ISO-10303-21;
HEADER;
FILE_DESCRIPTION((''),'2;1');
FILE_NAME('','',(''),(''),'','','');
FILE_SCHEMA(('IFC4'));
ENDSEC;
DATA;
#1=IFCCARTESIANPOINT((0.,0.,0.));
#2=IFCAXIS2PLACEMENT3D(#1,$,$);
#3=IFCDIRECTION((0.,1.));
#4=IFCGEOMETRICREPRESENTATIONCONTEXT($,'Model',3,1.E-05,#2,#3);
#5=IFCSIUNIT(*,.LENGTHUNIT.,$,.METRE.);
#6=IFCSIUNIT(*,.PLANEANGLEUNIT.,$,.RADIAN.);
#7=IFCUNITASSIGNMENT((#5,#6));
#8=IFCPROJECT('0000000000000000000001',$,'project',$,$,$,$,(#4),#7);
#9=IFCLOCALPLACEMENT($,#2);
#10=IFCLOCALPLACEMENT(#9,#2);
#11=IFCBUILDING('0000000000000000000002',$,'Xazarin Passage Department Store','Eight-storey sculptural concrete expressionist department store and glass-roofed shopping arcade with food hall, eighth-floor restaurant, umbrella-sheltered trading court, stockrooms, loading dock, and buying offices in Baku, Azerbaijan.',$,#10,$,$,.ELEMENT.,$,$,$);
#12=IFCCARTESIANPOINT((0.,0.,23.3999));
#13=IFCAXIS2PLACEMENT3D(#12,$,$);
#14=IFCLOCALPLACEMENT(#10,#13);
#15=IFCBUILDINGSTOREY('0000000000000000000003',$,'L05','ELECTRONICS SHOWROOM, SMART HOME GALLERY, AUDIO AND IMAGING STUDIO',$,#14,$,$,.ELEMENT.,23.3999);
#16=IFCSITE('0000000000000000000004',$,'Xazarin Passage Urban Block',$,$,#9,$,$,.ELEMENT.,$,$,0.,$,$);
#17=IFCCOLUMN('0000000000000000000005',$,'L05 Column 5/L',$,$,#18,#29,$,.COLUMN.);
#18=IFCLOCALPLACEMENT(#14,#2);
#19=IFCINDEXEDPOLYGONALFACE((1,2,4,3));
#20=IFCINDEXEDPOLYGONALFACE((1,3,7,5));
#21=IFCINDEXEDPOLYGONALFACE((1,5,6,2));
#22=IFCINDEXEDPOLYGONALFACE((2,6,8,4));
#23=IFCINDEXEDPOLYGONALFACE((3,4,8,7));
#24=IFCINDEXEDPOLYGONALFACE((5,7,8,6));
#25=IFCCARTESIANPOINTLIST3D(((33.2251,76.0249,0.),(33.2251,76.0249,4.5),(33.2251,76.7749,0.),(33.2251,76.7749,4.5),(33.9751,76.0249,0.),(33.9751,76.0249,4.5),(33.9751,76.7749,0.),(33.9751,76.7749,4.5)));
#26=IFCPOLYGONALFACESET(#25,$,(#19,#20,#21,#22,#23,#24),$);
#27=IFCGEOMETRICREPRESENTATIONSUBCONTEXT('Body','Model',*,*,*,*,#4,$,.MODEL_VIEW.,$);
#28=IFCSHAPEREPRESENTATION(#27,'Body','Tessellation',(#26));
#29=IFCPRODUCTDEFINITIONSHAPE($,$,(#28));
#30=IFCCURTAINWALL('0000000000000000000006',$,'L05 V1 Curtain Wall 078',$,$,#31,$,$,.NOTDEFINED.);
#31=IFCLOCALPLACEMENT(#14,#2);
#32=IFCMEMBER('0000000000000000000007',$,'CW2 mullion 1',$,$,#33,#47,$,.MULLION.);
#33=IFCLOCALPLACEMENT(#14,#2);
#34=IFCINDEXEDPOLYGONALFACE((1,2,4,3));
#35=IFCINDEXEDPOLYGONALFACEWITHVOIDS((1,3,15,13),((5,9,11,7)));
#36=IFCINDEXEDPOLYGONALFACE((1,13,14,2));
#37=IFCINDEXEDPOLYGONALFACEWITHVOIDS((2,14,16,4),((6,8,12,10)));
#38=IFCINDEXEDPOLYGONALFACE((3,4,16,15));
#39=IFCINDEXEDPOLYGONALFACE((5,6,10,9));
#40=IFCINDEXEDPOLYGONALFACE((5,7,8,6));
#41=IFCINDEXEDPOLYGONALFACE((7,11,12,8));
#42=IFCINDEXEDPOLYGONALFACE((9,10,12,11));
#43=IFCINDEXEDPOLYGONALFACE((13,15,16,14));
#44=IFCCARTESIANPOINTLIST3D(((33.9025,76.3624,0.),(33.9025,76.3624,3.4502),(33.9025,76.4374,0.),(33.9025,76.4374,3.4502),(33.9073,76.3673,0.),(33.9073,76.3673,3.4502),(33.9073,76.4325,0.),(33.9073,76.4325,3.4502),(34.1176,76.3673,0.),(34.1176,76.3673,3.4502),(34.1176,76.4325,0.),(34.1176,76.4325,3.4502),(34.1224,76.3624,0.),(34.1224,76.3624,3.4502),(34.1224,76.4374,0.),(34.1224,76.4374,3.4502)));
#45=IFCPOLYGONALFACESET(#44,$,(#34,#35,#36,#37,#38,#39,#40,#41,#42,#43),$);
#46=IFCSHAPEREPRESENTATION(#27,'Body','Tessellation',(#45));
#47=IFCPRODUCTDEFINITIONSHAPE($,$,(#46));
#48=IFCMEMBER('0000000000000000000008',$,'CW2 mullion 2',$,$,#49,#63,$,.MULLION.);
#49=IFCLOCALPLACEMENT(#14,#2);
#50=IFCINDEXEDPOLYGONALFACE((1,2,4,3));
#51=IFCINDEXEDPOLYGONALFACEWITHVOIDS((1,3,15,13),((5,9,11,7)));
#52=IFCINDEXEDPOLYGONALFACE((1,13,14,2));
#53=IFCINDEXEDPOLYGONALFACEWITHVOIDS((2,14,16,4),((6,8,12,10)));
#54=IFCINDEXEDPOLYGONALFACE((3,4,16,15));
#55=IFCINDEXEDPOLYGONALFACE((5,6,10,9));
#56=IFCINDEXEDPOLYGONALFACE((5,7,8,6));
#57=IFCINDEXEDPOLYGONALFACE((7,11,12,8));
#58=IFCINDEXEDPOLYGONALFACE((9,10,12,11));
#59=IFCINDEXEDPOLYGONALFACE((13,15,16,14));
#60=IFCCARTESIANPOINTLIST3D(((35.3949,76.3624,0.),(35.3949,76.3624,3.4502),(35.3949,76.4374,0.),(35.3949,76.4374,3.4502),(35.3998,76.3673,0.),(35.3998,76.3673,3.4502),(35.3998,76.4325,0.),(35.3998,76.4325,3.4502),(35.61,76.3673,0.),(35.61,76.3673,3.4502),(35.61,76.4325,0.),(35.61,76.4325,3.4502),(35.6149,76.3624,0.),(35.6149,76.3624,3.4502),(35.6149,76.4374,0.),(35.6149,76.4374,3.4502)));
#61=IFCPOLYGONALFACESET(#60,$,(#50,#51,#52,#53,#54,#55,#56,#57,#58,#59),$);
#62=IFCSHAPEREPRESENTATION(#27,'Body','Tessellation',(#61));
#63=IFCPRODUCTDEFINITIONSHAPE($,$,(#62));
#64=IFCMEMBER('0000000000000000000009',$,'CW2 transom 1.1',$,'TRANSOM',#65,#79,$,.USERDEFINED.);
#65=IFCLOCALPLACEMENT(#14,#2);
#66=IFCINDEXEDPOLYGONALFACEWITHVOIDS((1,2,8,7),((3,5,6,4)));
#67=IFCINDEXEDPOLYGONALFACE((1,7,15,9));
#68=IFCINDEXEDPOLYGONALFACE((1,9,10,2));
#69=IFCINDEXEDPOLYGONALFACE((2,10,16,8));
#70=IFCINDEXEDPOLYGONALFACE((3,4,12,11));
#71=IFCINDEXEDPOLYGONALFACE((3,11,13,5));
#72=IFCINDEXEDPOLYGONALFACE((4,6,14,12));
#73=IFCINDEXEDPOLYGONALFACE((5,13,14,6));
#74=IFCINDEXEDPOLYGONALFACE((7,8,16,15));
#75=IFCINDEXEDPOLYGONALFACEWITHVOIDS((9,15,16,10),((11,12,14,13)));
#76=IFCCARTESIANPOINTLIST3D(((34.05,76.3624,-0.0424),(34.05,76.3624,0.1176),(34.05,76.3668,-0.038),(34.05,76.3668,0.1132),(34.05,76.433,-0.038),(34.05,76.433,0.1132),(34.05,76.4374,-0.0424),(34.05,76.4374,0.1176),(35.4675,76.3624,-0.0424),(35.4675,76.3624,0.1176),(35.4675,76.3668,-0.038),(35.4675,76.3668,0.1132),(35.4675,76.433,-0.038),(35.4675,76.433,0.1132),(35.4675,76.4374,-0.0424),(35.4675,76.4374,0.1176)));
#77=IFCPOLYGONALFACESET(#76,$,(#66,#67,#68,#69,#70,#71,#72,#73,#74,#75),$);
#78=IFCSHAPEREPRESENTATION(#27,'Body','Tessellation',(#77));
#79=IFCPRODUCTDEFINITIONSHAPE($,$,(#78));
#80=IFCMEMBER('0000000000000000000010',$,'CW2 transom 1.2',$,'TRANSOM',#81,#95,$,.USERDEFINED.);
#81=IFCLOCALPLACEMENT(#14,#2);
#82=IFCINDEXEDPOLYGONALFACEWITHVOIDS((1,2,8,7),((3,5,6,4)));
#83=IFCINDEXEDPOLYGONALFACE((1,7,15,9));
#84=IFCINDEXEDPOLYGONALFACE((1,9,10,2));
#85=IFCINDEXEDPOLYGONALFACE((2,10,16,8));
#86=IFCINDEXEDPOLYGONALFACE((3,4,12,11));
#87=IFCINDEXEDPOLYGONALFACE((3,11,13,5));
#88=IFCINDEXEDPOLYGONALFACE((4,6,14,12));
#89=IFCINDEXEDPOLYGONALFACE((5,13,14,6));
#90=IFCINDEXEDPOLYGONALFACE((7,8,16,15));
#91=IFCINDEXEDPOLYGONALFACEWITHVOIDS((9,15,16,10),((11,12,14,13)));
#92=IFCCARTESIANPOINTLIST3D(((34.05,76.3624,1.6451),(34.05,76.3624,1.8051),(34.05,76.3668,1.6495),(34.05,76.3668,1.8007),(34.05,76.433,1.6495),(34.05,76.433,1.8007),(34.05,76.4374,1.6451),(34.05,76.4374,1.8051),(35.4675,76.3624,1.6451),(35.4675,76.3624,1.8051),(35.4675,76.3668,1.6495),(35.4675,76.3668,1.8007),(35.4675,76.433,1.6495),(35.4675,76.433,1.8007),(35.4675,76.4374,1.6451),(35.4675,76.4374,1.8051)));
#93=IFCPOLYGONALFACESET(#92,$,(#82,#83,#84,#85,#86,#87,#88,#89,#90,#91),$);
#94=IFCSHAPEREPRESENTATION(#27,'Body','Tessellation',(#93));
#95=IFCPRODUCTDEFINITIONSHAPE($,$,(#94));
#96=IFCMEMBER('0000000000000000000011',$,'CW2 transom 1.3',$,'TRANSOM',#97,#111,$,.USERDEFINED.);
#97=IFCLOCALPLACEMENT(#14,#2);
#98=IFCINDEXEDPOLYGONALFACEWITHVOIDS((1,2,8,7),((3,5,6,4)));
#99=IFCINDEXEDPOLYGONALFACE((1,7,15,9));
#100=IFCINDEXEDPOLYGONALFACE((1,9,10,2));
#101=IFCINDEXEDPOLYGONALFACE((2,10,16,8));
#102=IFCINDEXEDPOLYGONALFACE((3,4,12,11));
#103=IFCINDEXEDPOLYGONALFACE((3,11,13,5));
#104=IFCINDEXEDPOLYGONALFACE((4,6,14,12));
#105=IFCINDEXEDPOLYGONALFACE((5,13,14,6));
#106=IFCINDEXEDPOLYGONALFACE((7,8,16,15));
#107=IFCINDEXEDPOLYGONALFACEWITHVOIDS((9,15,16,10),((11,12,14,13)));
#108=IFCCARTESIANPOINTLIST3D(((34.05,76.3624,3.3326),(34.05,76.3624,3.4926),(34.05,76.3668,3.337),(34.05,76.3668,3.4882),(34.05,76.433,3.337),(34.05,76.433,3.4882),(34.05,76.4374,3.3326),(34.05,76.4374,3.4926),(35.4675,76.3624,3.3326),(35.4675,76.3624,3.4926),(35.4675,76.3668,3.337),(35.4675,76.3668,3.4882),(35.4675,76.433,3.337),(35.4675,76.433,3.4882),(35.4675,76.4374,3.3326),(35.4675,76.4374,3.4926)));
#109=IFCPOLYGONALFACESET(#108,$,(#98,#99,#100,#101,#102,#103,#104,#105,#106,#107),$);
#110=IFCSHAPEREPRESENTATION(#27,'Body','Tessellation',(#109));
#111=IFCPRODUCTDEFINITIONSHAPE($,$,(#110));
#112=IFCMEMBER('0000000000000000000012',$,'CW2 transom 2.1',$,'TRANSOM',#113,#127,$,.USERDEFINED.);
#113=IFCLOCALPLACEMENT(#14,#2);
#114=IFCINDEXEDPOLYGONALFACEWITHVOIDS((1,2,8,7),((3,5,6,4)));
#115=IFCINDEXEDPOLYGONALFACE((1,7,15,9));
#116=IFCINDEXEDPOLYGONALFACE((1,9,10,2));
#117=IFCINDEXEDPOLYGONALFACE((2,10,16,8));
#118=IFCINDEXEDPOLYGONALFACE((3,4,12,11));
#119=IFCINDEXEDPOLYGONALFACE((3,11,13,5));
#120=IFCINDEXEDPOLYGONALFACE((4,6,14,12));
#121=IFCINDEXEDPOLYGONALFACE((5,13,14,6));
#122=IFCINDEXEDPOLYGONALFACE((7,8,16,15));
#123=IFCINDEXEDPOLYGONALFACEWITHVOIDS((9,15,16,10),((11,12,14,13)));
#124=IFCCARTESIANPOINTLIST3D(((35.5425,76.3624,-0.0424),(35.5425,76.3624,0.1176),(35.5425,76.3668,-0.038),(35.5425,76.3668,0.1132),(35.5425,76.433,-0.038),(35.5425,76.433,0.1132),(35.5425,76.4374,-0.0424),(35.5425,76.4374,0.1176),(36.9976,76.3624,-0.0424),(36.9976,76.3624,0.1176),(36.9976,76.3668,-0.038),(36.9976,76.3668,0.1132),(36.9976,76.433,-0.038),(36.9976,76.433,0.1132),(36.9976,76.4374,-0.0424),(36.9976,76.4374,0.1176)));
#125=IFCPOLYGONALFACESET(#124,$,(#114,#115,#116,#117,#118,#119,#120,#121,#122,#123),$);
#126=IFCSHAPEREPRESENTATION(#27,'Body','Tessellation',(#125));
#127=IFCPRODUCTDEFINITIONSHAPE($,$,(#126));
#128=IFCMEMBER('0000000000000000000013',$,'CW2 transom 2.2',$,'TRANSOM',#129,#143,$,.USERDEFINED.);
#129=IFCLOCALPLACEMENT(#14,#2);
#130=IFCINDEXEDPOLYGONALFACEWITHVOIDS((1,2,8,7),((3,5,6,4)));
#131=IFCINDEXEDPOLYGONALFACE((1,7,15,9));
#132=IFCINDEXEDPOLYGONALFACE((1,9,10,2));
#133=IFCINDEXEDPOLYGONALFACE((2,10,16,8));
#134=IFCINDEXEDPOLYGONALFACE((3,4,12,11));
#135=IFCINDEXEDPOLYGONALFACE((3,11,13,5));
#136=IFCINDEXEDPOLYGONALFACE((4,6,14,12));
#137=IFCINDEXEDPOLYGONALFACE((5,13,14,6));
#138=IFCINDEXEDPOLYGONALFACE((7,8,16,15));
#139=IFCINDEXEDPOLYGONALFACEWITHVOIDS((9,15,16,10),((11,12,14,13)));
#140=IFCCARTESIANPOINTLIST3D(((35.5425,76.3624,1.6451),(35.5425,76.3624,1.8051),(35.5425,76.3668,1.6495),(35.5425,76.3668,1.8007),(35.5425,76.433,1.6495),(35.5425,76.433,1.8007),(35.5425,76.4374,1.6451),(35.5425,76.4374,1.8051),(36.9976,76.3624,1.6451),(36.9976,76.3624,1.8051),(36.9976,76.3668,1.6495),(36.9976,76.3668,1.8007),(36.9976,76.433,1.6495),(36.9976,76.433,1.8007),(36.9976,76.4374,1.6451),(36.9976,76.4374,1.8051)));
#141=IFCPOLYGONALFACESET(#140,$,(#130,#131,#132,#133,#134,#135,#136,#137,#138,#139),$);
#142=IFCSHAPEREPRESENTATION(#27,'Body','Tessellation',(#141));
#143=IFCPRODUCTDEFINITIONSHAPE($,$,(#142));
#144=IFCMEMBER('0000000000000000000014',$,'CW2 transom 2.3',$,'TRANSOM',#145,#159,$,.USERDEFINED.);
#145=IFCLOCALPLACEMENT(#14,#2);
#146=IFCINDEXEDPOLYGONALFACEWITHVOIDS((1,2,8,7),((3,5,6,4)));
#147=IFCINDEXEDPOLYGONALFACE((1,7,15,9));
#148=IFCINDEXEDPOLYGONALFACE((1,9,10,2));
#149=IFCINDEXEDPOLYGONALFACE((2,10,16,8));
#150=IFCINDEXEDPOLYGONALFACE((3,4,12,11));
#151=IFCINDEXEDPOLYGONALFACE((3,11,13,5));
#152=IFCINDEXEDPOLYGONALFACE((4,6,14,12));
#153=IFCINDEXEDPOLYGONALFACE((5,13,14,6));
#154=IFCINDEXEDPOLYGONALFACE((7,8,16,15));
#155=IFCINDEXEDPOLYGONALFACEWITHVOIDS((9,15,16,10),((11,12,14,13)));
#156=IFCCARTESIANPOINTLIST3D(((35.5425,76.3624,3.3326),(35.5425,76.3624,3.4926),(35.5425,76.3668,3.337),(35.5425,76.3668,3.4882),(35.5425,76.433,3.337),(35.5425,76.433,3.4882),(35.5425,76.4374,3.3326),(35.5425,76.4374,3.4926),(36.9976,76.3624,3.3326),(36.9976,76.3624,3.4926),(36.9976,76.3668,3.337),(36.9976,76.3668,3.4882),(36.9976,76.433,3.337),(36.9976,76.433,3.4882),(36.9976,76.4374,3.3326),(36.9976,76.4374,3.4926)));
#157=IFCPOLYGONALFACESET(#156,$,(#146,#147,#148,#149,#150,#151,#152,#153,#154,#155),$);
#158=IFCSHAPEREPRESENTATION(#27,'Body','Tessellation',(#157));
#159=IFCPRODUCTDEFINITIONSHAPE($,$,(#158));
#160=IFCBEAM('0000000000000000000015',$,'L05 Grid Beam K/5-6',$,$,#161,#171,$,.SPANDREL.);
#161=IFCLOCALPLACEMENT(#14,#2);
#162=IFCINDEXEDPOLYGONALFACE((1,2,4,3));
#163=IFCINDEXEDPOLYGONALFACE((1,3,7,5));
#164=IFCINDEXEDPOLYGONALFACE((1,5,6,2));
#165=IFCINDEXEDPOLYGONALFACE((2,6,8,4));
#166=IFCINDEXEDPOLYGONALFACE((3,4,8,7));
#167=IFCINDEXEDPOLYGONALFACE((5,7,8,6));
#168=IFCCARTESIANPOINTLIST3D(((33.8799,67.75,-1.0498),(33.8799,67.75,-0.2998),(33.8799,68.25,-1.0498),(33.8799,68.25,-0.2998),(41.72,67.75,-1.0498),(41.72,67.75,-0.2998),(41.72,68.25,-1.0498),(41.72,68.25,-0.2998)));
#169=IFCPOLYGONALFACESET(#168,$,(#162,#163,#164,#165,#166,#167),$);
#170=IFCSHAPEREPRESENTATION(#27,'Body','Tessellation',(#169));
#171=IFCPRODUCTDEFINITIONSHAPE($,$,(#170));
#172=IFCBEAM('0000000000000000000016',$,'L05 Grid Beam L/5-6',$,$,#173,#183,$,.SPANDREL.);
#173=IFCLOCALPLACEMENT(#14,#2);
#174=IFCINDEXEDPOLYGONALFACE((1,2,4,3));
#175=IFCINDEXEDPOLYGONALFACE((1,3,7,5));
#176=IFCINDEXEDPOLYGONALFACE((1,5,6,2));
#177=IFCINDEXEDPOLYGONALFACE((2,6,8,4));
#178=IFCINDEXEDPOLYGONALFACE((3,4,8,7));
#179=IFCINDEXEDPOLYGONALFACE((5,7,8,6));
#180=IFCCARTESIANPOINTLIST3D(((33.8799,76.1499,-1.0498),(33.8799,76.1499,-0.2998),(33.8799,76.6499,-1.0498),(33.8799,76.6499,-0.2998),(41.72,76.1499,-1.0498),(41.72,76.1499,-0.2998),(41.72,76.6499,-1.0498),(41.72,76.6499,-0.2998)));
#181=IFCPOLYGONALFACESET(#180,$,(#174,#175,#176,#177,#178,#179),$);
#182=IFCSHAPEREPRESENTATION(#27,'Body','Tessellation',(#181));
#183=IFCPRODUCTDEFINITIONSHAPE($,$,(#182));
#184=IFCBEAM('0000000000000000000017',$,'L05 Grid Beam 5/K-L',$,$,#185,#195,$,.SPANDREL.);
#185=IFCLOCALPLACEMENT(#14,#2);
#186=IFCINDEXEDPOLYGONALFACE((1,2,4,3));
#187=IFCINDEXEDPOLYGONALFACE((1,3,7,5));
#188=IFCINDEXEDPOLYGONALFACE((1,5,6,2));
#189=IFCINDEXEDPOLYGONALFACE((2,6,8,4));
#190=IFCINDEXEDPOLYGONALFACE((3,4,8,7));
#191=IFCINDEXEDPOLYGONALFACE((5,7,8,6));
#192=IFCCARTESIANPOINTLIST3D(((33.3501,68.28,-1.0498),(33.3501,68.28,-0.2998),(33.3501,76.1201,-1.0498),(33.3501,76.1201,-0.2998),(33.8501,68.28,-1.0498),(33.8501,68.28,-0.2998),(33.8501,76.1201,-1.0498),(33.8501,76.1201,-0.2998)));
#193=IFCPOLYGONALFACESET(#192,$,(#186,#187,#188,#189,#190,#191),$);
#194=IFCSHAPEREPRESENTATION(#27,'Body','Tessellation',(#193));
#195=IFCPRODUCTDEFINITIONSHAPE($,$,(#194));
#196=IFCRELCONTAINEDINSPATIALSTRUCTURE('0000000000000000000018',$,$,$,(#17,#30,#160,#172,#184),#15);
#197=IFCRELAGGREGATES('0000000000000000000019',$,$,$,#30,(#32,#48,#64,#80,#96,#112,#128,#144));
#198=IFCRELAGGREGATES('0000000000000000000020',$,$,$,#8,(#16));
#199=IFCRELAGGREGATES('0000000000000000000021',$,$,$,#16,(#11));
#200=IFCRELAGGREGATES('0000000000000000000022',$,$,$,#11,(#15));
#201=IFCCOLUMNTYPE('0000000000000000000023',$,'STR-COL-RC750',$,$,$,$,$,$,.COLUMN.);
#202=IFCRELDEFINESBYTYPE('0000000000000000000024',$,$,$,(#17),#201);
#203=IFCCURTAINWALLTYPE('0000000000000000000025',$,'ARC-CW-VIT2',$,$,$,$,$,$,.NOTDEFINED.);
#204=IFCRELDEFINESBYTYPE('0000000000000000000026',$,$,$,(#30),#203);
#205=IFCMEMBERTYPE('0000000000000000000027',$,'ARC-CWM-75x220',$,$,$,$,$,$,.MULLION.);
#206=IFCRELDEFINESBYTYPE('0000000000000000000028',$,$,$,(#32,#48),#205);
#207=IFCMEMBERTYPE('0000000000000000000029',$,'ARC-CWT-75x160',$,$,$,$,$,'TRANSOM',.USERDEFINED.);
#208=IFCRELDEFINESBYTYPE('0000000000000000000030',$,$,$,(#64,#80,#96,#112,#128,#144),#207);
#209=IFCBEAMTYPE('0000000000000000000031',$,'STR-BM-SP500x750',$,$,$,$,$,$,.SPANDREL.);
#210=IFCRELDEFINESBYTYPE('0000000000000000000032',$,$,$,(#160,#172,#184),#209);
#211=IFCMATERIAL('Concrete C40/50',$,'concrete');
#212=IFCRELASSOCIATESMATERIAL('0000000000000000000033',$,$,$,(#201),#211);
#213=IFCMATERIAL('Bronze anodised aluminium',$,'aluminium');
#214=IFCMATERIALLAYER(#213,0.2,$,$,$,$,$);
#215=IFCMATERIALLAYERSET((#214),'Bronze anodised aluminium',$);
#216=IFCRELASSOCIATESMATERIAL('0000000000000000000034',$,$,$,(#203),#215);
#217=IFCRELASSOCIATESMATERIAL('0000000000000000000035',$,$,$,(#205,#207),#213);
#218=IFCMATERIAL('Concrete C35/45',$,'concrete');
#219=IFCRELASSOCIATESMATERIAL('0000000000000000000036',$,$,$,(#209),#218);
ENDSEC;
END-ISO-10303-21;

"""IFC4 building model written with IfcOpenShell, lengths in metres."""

from ifc_helpers import new_model, si_unit, direction, frame, origin, origin_2d, place, context, subcontext, project, spatial, rectangle, hollow_rectangle, extrude, material, layer, layer_set, material_profile, profile_set, type_object, element, aggregate, save


model = new_model("IFC4")

# Units and contexts
model_context = context("Model", 3, precision=1e-05, world=origin(), true_north=direction((0.0, 1.0)))
body_context = subcontext(model_context, "Body", "Model", "MODEL_VIEW")
ifc_project = project(units=[si_unit("LENGTHUNIT", "METRE"), si_unit("PLANEANGLEUNIT", "RADIAN")], contexts=[model_context])

# Site, building, storey
site_placement = place(None, origin())
site = spatial("IfcSite", under=ifc_project, at=site_placement, Name="Xazarin Passage Urban Block", CompositionType="ELEMENT", RefElevation=0.0)
building_placement = place(site_placement, origin())
building = spatial("IfcBuilding", under=site, at=building_placement, Name="Xazarin Passage Department Store", Description="Eight-storey sculptural concrete expressionist department store and glass-roofed shopping arcade with food hall, eighth-floor restaurant, umbrella-sheltered trading court, stockrooms, loading dock, and buying offices in Baku, Azerbaijan.", CompositionType="ELEMENT")
storey_placement = place(building_placement, frame((0.0, 0.0, 23.3999)))
storey = spatial("IfcBuildingStorey", under=building, at=storey_placement, Name="L05", Description="ELECTRONICS SHOWROOM, SMART HOME GALLERY, AUDIO AND IMAGING STUDIO", CompositionType="ELEMENT", Elevation=23.3999)

# Column
ifc_material_1 = material(Name="Concrete C40/50", Category="concrete")
ifc_material_profile_1 = material_profile(ifc_material_1, rectangle(XDim=0.75, YDim=0.75, at=origin_2d()), Name="RC 750x750")
ifc_profile_set_1 = profile_set([ifc_material_profile_1], Name="Concrete C40/50")
column_type = type_object("IfcColumnType", Name="STR-COL-RC750", PredefinedType="COLUMN", material=ifc_profile_set_1)
column_placement = place(storey_placement, frame((33.6001, 76.3999, 0.0), z_axis=(0.0, 0.0, 1.0), x_axis=(1.0, 0.0, 0.0)))
element("IfcColumn", 1, at=column_placement, inside=storey, type_object=column_type, Name="L05 Column 5/L", PredefinedType="COLUMN", context=body_context, shape_type="SweptSolid", body=[
    extrude(rectangle(XDim=0.75, YDim=0.75, at=origin_2d()), origin(), (0.0, 0.0, 1.0), 4.5),
])

# Curtain wall, members
ifc_material_2 = material(Name="Bronze anodised aluminium", Category="aluminium")
ifc_layer_1 = layer(ifc_material_2, 0.2)
ifc_layer_set_1 = layer_set([ifc_layer_1], Name="Bronze anodised aluminium")
curtain_wall_type = type_object("IfcCurtainWallType", Name="ARC-CW-VIT2", PredefinedType="NOTDEFINED", material=ifc_layer_set_1)
curtain_wall_placement = place(storey_placement, origin())
curtain_wall = element("IfcCurtainWall", 2, at=curtain_wall_placement, inside=storey, type_object=curtain_wall_type, Name="L05 V1 Curtain Wall 078", PredefinedType="NOTDEFINED")
ifc_material_profile_2 = material_profile(ifc_material_2, hollow_rectangle(XDim=0.075, YDim=0.22, WallThickness=0.0049, at=origin_2d()), Name="ALU 75x220")
ifc_profile_set_2 = profile_set([ifc_material_profile_2], Name="Bronze anodised aluminium")
member_type_1 = type_object("IfcMemberType", Name="ARC-CWM-75x220", PredefinedType="MULLION", material=ifc_profile_set_2)
member_1_placement = place(storey_placement, frame((34.0125, 76.3999, 0.0), z_axis=(0.0, 0.0, 1.0), x_axis=(0.0, 1.0, 0.0)))
member_1 = element("IfcMember", 3, at=member_1_placement, type_object=member_type_1, Name="CW2 mullion 1", PredefinedType="MULLION", context=body_context, shape_type="SweptSolid", body=[
    extrude(hollow_rectangle(XDim=0.075, YDim=0.22, WallThickness=0.0049, at=origin_2d()), origin(), (0.0, 0.0, 1.0), 3.4502),
])
member_2_placement = place(storey_placement, frame((35.5049, 76.3999, 0.0), z_axis=(0.0, 0.0, 1.0), x_axis=(0.0, 1.0, 0.0)))
member_2 = element("IfcMember", 4, at=member_2_placement, type_object=member_type_1, Name="CW2 mullion 2", PredefinedType="MULLION", context=body_context, shape_type="SweptSolid", body=[
    extrude(hollow_rectangle(XDim=0.075, YDim=0.22, WallThickness=0.0049, at=origin_2d()), origin(), (0.0, 0.0, 1.0), 3.4502),
])
ifc_material_profile_3 = material_profile(ifc_material_2, hollow_rectangle(XDim=0.075, YDim=0.1599, WallThickness=0.0044, at=origin_2d()), Name="ALU 75x160")
ifc_profile_set_3 = profile_set([ifc_material_profile_3], Name="Bronze anodised aluminium")
member_type_2 = type_object("IfcMemberType", Name="ARC-CWT-75x160", ElementType="TRANSOM", PredefinedType="USERDEFINED", material=ifc_profile_set_3)
member_3_placement = place(storey_placement, frame((34.05, 76.3999, 0.0376), z_axis=(1.0, 0.0, 0.0), x_axis=(0.0, 1.0, 0.0)))
member_3 = element("IfcMember", 5, at=member_3_placement, type_object=member_type_2, Name="CW2 transom 1.1", ObjectType="TRANSOM", PredefinedType="USERDEFINED", context=body_context, shape_type="SweptSolid", body=[
    extrude(hollow_rectangle(XDim=0.075, YDim=0.1599, WallThickness=0.0044, at=origin_2d()), origin(), (0.0, 0.0, 1.0), 1.4175),
])
member_4_placement = place(storey_placement, frame((34.05, 76.3999, 1.7251), z_axis=(1.0, 0.0, 0.0), x_axis=(0.0, 1.0, 0.0)))
member_4 = element("IfcMember", 6, at=member_4_placement, type_object=member_type_2, Name="CW2 transom 1.2", ObjectType="TRANSOM", PredefinedType="USERDEFINED", context=body_context, shape_type="SweptSolid", body=[
    extrude(hollow_rectangle(XDim=0.075, YDim=0.1599, WallThickness=0.0044, at=origin_2d()), origin(), (0.0, 0.0, 1.0), 1.4175),
])
member_5_placement = place(storey_placement, frame((34.05, 76.3999, 3.4126), z_axis=(1.0, 0.0, 0.0), x_axis=(0.0, 1.0, 0.0)))
member_5 = element("IfcMember", 7, at=member_5_placement, type_object=member_type_2, Name="CW2 transom 1.3", ObjectType="TRANSOM", PredefinedType="USERDEFINED", context=body_context, shape_type="SweptSolid", body=[
    extrude(hollow_rectangle(XDim=0.075, YDim=0.1599, WallThickness=0.0044, at=origin_2d()), origin(), (0.0, 0.0, 1.0), 1.4175),
])
member_6_placement = place(storey_placement, frame((35.5425, 76.3999, 0.0376), z_axis=(1.0, 0.0, 0.0), x_axis=(0.0, 1.0, 0.0)))
member_6 = element("IfcMember", 8, at=member_6_placement, type_object=member_type_2, Name="CW2 transom 2.1", ObjectType="TRANSOM", PredefinedType="USERDEFINED", context=body_context, shape_type="SweptSolid", body=[
    extrude(hollow_rectangle(XDim=0.075, YDim=0.1599, WallThickness=0.0044, at=origin_2d()), origin(), (0.0, 0.0, 1.0), 1.4551),
])
member_7_placement = place(storey_placement, frame((35.5425, 76.3999, 1.7251), z_axis=(1.0, 0.0, 0.0), x_axis=(0.0, 1.0, 0.0)))
member_7 = element("IfcMember", 9, at=member_7_placement, type_object=member_type_2, Name="CW2 transom 2.2", ObjectType="TRANSOM", PredefinedType="USERDEFINED", context=body_context, shape_type="SweptSolid", body=[
    extrude(hollow_rectangle(XDim=0.075, YDim=0.1599, WallThickness=0.0044, at=origin_2d()), origin(), (0.0, 0.0, 1.0), 1.4551),
])
member_8_placement = place(storey_placement, frame((35.5425, 76.3999, 3.4126), z_axis=(1.0, 0.0, 0.0), x_axis=(0.0, 1.0, 0.0)))
member_8 = element("IfcMember", 10, at=member_8_placement, type_object=member_type_2, Name="CW2 transom 2.3", ObjectType="TRANSOM", PredefinedType="USERDEFINED", context=body_context, shape_type="SweptSolid", body=[
    extrude(hollow_rectangle(XDim=0.075, YDim=0.1599, WallThickness=0.0044, at=origin_2d()), origin(), (0.0, 0.0, 1.0), 1.4551),
])

# Beams
ifc_material_3 = material(Name="Concrete C35/45", Category="concrete")
ifc_material_profile_4 = material_profile(ifc_material_3, rectangle(XDim=0.5, YDim=0.75, at=origin_2d()), Name="RC 500x750")
ifc_profile_set_4 = profile_set([ifc_material_profile_4], Name="Concrete C35/45")
beam_type = type_object("IfcBeamType", Name="STR-BM-SP500x750", PredefinedType="SPANDREL", material=ifc_profile_set_4)
for number, where, z_axis, x_axis, name in (
    (11, (33.8799, 68.0, -0.6748), (1.0, 0.0, 0.0), (0.0, 1.0, 0.0), "L05 Grid Beam K/5-6"),
    (12, (33.8799, 76.3999, -0.6748), (1.0, 0.0, 0.0), (0.0, 1.0, 0.0), "L05 Grid Beam L/5-6"),
    (13, (33.6001, 68.28, -0.6748), (0.0, 1.0, 0.0), (-1.0, 0.0, 0.0), "L05 Grid Beam 5/K-L"),
):
    element("IfcBeam", number, at=place(storey_placement, frame(where, z_axis=z_axis, x_axis=x_axis)), inside=storey, type_object=beam_type, Name=name, PredefinedType="SPANDREL", context=body_context, shape_type="SweptSolid", body=[
        extrude(rectangle(XDim=0.5, YDim=0.75, at=origin_2d()), origin(), (0.0, 0.0, 1.0), 7.8401),
    ])

aggregate(curtain_wall, [member_1, member_2, member_3, member_4, member_5, member_6, member_7, member_8])

save(model, "model.ifc")
